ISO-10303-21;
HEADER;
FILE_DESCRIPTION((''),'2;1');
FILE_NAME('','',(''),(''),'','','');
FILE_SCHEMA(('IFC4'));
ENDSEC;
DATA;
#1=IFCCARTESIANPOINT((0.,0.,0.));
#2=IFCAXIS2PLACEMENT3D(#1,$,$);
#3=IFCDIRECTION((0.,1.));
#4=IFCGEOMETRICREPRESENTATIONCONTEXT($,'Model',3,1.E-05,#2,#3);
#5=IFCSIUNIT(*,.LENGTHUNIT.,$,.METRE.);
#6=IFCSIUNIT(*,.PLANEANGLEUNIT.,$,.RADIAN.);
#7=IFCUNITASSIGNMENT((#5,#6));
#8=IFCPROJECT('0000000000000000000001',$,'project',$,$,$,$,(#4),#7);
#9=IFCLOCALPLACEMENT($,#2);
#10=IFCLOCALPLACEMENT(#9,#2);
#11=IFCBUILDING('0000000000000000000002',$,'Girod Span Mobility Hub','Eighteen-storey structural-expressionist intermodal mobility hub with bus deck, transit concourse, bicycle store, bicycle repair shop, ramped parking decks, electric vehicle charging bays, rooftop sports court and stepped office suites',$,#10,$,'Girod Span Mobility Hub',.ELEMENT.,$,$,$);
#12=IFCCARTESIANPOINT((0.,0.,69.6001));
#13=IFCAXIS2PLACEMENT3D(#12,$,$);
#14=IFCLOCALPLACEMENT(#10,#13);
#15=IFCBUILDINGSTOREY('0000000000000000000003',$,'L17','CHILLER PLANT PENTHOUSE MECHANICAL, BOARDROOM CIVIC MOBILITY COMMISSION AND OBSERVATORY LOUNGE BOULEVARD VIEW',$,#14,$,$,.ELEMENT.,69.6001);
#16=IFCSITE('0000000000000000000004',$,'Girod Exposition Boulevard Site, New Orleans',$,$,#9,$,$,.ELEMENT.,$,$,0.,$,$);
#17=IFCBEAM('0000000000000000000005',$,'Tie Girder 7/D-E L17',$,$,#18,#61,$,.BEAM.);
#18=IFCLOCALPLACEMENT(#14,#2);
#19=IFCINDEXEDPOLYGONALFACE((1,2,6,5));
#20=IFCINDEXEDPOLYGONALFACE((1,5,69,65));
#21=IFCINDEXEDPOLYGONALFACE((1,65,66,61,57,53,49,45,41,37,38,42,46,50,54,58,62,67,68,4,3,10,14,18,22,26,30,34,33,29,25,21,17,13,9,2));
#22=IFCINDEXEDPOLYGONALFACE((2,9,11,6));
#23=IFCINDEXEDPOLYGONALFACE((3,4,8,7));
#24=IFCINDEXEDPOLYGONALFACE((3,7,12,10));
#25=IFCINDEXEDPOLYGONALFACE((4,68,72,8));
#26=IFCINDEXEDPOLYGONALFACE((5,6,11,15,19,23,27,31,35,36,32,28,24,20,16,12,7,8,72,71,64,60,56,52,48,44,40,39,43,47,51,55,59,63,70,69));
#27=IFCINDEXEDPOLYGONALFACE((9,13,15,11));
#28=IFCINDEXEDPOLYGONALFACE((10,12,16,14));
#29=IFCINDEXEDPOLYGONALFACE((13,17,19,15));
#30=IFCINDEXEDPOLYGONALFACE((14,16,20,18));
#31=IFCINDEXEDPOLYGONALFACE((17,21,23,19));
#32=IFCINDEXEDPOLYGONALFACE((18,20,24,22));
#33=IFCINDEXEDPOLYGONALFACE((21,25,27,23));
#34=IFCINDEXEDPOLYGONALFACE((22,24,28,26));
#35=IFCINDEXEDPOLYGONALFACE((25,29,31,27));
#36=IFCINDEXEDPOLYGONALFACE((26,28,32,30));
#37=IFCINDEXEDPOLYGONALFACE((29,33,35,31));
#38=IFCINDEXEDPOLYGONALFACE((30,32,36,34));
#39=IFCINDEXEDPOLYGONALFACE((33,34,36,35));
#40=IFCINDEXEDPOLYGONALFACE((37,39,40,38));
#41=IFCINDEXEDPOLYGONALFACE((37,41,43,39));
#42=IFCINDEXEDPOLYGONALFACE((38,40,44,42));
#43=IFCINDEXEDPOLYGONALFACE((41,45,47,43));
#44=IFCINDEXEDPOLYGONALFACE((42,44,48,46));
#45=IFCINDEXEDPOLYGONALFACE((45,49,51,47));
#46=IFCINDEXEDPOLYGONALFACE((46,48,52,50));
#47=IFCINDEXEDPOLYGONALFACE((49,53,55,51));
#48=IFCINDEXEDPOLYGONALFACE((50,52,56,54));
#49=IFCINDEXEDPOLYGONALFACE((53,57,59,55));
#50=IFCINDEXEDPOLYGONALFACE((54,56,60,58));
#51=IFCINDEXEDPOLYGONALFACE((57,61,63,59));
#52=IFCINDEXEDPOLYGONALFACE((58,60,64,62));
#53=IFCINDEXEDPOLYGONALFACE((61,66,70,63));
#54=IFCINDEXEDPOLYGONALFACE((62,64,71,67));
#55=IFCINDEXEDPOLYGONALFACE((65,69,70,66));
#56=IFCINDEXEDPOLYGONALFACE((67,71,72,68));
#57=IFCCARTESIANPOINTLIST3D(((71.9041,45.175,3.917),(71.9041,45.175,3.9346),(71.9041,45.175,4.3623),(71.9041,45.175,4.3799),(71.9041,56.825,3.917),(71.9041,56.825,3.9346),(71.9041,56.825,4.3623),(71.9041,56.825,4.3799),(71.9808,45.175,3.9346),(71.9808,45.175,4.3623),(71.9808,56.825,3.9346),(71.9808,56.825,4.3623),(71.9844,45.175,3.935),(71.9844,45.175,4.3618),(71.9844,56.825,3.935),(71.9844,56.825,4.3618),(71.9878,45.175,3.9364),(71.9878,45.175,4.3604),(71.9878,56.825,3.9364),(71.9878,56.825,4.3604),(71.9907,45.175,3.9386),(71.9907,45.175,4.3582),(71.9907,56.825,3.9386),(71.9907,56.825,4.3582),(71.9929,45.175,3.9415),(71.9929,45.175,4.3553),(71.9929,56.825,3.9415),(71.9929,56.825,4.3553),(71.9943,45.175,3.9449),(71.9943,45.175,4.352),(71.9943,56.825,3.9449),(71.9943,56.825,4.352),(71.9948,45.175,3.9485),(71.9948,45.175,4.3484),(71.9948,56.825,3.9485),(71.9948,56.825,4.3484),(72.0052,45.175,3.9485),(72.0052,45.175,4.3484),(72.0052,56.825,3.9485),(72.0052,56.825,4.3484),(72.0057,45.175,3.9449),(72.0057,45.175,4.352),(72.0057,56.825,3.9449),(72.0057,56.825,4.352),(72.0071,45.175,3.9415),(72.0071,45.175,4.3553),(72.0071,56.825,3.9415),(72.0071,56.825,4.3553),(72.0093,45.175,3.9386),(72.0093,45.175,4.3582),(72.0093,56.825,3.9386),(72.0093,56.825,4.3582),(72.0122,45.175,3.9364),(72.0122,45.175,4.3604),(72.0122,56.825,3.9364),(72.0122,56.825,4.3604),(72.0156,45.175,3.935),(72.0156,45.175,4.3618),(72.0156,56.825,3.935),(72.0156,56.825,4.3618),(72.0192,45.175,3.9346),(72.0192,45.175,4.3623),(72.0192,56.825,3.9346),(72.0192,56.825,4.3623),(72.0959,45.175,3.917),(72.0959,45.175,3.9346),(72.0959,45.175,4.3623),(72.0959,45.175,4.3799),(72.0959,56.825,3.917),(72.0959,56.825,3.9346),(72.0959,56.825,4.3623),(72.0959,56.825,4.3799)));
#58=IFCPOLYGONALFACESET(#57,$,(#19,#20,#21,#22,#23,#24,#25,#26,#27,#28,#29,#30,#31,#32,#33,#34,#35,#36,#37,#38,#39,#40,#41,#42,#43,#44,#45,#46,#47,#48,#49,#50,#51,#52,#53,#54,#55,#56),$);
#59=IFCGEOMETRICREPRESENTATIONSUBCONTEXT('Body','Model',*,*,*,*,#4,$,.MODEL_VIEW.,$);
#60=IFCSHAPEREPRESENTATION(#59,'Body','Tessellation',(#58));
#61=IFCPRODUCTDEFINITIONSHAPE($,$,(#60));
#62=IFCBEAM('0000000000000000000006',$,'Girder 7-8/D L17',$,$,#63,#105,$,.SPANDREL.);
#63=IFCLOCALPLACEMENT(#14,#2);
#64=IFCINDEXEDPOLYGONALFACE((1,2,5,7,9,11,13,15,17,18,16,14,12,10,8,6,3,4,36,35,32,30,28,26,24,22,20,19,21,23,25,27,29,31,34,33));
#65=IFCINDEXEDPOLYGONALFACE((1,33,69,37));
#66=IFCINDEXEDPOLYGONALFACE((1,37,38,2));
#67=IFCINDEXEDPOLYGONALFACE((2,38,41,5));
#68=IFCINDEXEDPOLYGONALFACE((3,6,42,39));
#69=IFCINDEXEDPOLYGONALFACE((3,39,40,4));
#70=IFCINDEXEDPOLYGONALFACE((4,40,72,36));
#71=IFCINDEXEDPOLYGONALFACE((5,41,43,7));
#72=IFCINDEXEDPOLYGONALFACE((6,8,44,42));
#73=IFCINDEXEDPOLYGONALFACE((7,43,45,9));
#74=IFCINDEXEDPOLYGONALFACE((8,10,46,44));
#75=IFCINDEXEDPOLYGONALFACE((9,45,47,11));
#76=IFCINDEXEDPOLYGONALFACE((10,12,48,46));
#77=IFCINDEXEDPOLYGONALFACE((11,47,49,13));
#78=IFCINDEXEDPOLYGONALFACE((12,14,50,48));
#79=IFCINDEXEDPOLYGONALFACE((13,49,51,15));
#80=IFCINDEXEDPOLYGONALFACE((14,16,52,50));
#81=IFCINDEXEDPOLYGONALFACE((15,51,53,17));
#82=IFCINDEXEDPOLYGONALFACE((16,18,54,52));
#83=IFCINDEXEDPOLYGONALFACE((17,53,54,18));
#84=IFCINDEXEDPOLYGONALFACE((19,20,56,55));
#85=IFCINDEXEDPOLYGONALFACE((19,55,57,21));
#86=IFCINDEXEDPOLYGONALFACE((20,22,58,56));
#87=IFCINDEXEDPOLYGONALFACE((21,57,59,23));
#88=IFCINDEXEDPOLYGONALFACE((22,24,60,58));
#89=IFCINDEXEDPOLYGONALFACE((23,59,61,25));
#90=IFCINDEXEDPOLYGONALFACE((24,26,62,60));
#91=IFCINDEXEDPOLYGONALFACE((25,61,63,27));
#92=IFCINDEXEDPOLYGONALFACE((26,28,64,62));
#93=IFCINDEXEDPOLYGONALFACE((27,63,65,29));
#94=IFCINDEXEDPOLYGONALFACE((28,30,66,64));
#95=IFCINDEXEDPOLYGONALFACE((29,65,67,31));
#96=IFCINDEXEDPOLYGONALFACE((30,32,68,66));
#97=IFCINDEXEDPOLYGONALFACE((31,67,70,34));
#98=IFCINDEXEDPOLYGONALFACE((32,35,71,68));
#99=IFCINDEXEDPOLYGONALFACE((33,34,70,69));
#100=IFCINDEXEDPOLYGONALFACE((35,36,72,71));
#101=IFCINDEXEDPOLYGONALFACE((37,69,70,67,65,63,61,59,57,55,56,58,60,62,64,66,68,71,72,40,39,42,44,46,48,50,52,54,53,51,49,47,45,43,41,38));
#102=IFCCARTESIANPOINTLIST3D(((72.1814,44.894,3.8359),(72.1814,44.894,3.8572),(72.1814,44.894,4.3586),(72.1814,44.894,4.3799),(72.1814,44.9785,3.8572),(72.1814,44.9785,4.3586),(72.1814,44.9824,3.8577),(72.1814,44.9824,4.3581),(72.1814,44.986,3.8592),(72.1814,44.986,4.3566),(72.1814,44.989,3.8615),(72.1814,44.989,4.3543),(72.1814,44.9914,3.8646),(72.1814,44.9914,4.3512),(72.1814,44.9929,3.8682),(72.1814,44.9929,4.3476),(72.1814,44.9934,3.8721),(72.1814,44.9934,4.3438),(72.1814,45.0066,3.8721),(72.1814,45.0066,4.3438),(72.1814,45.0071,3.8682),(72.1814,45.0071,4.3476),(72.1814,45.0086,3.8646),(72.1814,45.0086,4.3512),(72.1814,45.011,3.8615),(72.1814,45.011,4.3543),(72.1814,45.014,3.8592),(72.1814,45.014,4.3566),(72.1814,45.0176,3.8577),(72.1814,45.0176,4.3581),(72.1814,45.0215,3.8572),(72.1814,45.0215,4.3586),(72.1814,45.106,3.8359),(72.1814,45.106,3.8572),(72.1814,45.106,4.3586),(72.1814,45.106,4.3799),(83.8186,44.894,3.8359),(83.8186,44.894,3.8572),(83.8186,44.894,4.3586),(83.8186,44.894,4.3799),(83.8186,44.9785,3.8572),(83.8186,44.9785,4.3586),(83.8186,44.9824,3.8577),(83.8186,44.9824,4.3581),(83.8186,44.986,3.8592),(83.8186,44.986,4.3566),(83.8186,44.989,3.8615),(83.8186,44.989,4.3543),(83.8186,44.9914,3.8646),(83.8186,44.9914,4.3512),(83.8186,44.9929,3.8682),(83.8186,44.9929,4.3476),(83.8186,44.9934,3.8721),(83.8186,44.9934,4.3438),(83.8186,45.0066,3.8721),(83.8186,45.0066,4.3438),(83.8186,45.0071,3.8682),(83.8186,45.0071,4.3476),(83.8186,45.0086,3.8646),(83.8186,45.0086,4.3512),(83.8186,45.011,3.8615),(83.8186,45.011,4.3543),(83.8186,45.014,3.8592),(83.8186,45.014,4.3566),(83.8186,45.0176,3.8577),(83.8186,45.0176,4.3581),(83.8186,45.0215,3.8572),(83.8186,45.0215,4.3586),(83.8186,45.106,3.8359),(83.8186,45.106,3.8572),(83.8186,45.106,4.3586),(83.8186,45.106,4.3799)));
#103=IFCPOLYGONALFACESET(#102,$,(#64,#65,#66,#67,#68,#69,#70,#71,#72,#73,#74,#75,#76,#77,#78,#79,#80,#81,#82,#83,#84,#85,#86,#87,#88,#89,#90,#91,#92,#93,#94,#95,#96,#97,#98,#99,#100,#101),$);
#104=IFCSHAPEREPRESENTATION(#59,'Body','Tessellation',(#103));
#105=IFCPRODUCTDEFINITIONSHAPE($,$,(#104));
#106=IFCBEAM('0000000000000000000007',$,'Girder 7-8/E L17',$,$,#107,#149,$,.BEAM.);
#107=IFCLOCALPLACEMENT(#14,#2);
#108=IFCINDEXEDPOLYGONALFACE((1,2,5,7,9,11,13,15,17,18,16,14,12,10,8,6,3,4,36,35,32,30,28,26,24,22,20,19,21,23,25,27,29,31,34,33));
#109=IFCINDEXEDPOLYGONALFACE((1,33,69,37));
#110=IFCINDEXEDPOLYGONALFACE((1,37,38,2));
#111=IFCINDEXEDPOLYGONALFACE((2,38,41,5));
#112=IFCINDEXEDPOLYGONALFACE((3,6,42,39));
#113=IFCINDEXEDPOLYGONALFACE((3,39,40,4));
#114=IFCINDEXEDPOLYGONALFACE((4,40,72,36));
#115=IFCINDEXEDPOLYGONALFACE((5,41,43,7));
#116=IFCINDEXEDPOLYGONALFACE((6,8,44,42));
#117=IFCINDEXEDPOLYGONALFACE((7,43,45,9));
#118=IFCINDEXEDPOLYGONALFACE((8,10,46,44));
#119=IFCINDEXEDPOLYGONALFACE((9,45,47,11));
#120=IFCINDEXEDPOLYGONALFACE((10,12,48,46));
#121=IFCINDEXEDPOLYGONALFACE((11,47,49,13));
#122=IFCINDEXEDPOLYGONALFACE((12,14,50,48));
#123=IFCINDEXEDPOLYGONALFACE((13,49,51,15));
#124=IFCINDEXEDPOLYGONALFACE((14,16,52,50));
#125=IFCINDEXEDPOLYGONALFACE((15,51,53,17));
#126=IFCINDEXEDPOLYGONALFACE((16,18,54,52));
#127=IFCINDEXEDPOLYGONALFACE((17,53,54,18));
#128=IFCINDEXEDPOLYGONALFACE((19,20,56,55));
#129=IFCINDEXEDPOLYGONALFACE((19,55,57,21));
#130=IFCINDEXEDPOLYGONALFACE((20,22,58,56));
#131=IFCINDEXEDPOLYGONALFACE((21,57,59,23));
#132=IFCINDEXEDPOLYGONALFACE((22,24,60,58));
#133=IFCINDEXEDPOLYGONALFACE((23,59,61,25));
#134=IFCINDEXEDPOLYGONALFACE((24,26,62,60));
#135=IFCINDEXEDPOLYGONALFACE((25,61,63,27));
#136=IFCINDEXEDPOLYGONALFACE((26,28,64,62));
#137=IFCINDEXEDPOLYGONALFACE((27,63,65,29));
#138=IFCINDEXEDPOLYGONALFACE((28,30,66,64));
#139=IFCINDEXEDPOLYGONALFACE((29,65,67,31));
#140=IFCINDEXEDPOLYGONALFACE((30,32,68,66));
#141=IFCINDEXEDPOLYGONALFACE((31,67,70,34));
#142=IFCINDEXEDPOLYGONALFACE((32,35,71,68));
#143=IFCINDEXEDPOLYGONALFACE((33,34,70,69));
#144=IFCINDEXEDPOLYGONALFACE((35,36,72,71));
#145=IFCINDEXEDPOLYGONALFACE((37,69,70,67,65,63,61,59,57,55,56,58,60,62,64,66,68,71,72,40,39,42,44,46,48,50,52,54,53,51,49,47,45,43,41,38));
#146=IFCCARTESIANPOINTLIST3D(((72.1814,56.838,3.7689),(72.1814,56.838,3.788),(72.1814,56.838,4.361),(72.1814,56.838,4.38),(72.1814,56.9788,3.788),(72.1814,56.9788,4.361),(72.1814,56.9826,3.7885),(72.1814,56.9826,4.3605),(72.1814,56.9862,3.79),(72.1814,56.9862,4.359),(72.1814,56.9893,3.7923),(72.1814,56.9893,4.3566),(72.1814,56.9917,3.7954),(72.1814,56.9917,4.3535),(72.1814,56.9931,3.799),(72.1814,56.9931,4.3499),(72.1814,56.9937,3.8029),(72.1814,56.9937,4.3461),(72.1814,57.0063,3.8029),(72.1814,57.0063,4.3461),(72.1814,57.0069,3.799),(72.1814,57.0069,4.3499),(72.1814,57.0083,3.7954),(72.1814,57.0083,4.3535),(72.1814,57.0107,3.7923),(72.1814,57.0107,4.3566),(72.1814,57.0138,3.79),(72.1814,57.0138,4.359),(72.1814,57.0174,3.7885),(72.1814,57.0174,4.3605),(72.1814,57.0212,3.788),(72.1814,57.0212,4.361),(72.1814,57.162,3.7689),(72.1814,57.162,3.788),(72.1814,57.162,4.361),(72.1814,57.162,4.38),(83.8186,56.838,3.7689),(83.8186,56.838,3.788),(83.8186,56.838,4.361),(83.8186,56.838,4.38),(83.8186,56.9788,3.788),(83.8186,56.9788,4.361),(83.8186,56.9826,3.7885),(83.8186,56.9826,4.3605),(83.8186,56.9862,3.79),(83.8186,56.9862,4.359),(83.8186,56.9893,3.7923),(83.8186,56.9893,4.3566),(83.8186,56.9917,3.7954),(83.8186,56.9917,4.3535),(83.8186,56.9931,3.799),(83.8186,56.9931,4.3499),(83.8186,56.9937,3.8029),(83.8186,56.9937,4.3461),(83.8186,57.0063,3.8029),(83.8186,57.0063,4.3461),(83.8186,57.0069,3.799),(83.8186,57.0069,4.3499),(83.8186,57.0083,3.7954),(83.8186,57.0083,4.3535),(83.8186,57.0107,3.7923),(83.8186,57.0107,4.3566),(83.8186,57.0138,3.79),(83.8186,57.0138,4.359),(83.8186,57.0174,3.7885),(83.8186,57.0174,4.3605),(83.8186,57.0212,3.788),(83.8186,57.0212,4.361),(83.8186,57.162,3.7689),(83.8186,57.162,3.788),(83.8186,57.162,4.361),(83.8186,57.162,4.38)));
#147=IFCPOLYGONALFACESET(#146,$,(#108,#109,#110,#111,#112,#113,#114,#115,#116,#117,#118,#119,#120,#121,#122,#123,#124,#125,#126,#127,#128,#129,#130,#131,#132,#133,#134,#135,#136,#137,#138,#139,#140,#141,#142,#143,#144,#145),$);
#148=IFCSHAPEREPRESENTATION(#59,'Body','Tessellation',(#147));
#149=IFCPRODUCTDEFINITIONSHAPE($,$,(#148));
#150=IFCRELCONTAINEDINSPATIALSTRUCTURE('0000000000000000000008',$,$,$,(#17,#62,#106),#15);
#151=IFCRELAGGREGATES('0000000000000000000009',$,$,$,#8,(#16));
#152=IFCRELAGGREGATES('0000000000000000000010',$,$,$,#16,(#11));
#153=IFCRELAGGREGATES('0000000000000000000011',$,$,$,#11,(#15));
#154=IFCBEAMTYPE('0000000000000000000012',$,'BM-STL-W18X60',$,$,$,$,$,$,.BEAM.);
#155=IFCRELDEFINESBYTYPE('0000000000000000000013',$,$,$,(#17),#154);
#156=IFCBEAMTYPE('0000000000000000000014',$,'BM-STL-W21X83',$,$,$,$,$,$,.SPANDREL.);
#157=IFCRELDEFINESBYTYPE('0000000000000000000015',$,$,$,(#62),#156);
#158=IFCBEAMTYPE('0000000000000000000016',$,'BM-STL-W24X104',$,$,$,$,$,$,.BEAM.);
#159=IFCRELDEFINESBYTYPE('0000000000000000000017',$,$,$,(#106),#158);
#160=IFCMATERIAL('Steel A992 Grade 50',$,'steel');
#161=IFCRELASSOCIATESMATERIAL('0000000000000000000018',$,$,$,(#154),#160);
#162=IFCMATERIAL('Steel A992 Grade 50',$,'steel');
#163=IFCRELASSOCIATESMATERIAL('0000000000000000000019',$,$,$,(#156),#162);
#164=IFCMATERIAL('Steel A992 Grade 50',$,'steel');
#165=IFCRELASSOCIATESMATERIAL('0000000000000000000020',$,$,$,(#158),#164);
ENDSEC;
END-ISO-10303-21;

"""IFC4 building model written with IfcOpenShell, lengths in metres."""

from ifc_helpers import new_model, si_unit, direction, frame, origin, origin_2d, place, context, subcontext, project, spatial, i_section, extrude, material, material_profile, profile_set, type_object, element, save


model = new_model("IFC4")

# Units and contexts
model_context = context("Model", 3, precision=1e-05, world=origin(), true_north=direction((0.0, 1.0)))
body_context = subcontext(model_context, "Body", "Model", "MODEL_VIEW")
ifc_project = project(units=[si_unit("LENGTHUNIT", "METRE"), si_unit("PLANEANGLEUNIT", "RADIAN")], contexts=[model_context])

# Site, building, storey
site_placement = place(None, origin())
site = spatial("IfcSite", under=ifc_project, at=site_placement, Name="Girod Exposition Boulevard Site, New Orleans", CompositionType="ELEMENT", RefElevation=0.0)
building_placement = place(site_placement, origin())
building = spatial("IfcBuilding", under=site, at=building_placement, Name="Girod Span Mobility Hub", Description="Eighteen-storey structural-expressionist intermodal mobility hub with bus deck, transit concourse, bicycle store, bicycle repair shop, ramped parking decks, electric vehicle charging bays, rooftop sports court and stepped office suites", LongName="Girod Span Mobility Hub", CompositionType="ELEMENT")
storey_placement = place(building_placement, frame((0.0, 0.0, 69.6001)))
storey = spatial("IfcBuildingStorey", under=building, at=storey_placement, Name="L17", Description="CHILLER PLANT PENTHOUSE MECHANICAL, BOARDROOM CIVIC MOBILITY COMMISSION AND OBSERVATORY LOUNGE BOULEVARD VIEW", CompositionType="ELEMENT", Elevation=69.6001)

# Beams
ifc_material_1 = material(Name="Steel A992 Grade 50", Category="steel")
ifc_material_profile_1 = material_profile(ifc_material_1, i_section(OverallWidth=0.1919, OverallDepth=0.4629, WebThickness=0.0105, FlangeThickness=0.0176, FilletRadius=0.0139, at=origin_2d()), Name="W18X60")
ifc_profile_set_1 = profile_set([ifc_material_profile_1], Name="Steel A992 Grade 50")
beam_type_1 = type_object("IfcBeamType", Name="BM-STL-W18X60", PredefinedType="BEAM", material=ifc_profile_set_1)
beam_1_placement = place(storey_placement, frame((72.0, 45.175, 4.1484), z_axis=(0.0, 1.0, 0.0), x_axis=(-1.0, 0.0, 0.0)))
element("IfcBeam", 1, at=beam_1_placement, inside=storey, type_object=beam_type_1, Name="Tie Girder 7/D-E L17", PredefinedType="BEAM", context=body_context, shape_type="SweptSolid", body=[
    extrude(i_section(OverallWidth=0.1919, OverallDepth=0.4629, WebThickness=0.0105, FlangeThickness=0.0176, FilletRadius=0.0139, at=origin_2d()), origin(), (0.0, 0.0, 1.0), 11.6499),
])
ifc_material_2 = material(Name="Steel A992 Grade 50", Category="steel")
ifc_material_profile_2 = material_profile(ifc_material_2, i_section(OverallWidth=0.2119, OverallDepth=0.5439, WebThickness=0.0132, FlangeThickness=0.0212, FilletRadius=0.0149, at=origin_2d()), Name="W21X83")
ifc_profile_set_2 = profile_set([ifc_material_profile_2], Name="Steel A992 Grade 50")
beam_type_2 = type_object("IfcBeamType", Name="BM-STL-W21X83", PredefinedType="SPANDREL", material=ifc_profile_set_2)
beam_2_placement = place(storey_placement, frame((72.1814, 45.0, 4.1079), z_axis=(1.0, 0.0, 0.0), x_axis=(0.0, 1.0, 0.0)))
element("IfcBeam", 2, at=beam_2_placement, inside=storey, type_object=beam_type_2, Name="Girder 7-8/D L17", PredefinedType="SPANDREL", context=body_context, shape_type="SweptSolid", body=[
    extrude(i_section(OverallWidth=0.2119, OverallDepth=0.5439, WebThickness=0.0132, FlangeThickness=0.0212, FilletRadius=0.0149, at=origin_2d()), origin(), (0.0, 0.0, 1.0), 11.6372),
])
ifc_material_3 = material(Name="Steel A992 Grade 50", Category="steel")
ifc_material_profile_3 = material_profile(ifc_material_3, i_section(OverallWidth=0.324, OverallDepth=0.6111, WebThickness=0.0127, FlangeThickness=0.019, FilletRadius=0.0149, at=origin_2d()), Name="W24X104")
ifc_profile_set_3 = profile_set([ifc_material_profile_3], Name="Steel A992 Grade 50")
beam_type_3 = type_object("IfcBeamType", Name="BM-STL-W24X104", PredefinedType="BEAM", material=ifc_profile_set_3)
beam_3_placement = place(storey_placement, frame((72.1814, 57.0, 4.0745), z_axis=(1.0, 0.0, 0.0), x_axis=(0.0, 1.0, 0.0)))
element("IfcBeam", 3, at=beam_3_placement, inside=storey, type_object=beam_type_3, Name="Girder 7-8/E L17", PredefinedType="BEAM", context=body_context, shape_type="SweptSolid", body=[
    extrude(i_section(OverallWidth=0.324, OverallDepth=0.6111, WebThickness=0.0127, FlangeThickness=0.019, FilletRadius=0.0149, at=origin_2d()), origin(), (0.0, 0.0, 1.0), 11.6372),
])

save(model, "model.ifc")
